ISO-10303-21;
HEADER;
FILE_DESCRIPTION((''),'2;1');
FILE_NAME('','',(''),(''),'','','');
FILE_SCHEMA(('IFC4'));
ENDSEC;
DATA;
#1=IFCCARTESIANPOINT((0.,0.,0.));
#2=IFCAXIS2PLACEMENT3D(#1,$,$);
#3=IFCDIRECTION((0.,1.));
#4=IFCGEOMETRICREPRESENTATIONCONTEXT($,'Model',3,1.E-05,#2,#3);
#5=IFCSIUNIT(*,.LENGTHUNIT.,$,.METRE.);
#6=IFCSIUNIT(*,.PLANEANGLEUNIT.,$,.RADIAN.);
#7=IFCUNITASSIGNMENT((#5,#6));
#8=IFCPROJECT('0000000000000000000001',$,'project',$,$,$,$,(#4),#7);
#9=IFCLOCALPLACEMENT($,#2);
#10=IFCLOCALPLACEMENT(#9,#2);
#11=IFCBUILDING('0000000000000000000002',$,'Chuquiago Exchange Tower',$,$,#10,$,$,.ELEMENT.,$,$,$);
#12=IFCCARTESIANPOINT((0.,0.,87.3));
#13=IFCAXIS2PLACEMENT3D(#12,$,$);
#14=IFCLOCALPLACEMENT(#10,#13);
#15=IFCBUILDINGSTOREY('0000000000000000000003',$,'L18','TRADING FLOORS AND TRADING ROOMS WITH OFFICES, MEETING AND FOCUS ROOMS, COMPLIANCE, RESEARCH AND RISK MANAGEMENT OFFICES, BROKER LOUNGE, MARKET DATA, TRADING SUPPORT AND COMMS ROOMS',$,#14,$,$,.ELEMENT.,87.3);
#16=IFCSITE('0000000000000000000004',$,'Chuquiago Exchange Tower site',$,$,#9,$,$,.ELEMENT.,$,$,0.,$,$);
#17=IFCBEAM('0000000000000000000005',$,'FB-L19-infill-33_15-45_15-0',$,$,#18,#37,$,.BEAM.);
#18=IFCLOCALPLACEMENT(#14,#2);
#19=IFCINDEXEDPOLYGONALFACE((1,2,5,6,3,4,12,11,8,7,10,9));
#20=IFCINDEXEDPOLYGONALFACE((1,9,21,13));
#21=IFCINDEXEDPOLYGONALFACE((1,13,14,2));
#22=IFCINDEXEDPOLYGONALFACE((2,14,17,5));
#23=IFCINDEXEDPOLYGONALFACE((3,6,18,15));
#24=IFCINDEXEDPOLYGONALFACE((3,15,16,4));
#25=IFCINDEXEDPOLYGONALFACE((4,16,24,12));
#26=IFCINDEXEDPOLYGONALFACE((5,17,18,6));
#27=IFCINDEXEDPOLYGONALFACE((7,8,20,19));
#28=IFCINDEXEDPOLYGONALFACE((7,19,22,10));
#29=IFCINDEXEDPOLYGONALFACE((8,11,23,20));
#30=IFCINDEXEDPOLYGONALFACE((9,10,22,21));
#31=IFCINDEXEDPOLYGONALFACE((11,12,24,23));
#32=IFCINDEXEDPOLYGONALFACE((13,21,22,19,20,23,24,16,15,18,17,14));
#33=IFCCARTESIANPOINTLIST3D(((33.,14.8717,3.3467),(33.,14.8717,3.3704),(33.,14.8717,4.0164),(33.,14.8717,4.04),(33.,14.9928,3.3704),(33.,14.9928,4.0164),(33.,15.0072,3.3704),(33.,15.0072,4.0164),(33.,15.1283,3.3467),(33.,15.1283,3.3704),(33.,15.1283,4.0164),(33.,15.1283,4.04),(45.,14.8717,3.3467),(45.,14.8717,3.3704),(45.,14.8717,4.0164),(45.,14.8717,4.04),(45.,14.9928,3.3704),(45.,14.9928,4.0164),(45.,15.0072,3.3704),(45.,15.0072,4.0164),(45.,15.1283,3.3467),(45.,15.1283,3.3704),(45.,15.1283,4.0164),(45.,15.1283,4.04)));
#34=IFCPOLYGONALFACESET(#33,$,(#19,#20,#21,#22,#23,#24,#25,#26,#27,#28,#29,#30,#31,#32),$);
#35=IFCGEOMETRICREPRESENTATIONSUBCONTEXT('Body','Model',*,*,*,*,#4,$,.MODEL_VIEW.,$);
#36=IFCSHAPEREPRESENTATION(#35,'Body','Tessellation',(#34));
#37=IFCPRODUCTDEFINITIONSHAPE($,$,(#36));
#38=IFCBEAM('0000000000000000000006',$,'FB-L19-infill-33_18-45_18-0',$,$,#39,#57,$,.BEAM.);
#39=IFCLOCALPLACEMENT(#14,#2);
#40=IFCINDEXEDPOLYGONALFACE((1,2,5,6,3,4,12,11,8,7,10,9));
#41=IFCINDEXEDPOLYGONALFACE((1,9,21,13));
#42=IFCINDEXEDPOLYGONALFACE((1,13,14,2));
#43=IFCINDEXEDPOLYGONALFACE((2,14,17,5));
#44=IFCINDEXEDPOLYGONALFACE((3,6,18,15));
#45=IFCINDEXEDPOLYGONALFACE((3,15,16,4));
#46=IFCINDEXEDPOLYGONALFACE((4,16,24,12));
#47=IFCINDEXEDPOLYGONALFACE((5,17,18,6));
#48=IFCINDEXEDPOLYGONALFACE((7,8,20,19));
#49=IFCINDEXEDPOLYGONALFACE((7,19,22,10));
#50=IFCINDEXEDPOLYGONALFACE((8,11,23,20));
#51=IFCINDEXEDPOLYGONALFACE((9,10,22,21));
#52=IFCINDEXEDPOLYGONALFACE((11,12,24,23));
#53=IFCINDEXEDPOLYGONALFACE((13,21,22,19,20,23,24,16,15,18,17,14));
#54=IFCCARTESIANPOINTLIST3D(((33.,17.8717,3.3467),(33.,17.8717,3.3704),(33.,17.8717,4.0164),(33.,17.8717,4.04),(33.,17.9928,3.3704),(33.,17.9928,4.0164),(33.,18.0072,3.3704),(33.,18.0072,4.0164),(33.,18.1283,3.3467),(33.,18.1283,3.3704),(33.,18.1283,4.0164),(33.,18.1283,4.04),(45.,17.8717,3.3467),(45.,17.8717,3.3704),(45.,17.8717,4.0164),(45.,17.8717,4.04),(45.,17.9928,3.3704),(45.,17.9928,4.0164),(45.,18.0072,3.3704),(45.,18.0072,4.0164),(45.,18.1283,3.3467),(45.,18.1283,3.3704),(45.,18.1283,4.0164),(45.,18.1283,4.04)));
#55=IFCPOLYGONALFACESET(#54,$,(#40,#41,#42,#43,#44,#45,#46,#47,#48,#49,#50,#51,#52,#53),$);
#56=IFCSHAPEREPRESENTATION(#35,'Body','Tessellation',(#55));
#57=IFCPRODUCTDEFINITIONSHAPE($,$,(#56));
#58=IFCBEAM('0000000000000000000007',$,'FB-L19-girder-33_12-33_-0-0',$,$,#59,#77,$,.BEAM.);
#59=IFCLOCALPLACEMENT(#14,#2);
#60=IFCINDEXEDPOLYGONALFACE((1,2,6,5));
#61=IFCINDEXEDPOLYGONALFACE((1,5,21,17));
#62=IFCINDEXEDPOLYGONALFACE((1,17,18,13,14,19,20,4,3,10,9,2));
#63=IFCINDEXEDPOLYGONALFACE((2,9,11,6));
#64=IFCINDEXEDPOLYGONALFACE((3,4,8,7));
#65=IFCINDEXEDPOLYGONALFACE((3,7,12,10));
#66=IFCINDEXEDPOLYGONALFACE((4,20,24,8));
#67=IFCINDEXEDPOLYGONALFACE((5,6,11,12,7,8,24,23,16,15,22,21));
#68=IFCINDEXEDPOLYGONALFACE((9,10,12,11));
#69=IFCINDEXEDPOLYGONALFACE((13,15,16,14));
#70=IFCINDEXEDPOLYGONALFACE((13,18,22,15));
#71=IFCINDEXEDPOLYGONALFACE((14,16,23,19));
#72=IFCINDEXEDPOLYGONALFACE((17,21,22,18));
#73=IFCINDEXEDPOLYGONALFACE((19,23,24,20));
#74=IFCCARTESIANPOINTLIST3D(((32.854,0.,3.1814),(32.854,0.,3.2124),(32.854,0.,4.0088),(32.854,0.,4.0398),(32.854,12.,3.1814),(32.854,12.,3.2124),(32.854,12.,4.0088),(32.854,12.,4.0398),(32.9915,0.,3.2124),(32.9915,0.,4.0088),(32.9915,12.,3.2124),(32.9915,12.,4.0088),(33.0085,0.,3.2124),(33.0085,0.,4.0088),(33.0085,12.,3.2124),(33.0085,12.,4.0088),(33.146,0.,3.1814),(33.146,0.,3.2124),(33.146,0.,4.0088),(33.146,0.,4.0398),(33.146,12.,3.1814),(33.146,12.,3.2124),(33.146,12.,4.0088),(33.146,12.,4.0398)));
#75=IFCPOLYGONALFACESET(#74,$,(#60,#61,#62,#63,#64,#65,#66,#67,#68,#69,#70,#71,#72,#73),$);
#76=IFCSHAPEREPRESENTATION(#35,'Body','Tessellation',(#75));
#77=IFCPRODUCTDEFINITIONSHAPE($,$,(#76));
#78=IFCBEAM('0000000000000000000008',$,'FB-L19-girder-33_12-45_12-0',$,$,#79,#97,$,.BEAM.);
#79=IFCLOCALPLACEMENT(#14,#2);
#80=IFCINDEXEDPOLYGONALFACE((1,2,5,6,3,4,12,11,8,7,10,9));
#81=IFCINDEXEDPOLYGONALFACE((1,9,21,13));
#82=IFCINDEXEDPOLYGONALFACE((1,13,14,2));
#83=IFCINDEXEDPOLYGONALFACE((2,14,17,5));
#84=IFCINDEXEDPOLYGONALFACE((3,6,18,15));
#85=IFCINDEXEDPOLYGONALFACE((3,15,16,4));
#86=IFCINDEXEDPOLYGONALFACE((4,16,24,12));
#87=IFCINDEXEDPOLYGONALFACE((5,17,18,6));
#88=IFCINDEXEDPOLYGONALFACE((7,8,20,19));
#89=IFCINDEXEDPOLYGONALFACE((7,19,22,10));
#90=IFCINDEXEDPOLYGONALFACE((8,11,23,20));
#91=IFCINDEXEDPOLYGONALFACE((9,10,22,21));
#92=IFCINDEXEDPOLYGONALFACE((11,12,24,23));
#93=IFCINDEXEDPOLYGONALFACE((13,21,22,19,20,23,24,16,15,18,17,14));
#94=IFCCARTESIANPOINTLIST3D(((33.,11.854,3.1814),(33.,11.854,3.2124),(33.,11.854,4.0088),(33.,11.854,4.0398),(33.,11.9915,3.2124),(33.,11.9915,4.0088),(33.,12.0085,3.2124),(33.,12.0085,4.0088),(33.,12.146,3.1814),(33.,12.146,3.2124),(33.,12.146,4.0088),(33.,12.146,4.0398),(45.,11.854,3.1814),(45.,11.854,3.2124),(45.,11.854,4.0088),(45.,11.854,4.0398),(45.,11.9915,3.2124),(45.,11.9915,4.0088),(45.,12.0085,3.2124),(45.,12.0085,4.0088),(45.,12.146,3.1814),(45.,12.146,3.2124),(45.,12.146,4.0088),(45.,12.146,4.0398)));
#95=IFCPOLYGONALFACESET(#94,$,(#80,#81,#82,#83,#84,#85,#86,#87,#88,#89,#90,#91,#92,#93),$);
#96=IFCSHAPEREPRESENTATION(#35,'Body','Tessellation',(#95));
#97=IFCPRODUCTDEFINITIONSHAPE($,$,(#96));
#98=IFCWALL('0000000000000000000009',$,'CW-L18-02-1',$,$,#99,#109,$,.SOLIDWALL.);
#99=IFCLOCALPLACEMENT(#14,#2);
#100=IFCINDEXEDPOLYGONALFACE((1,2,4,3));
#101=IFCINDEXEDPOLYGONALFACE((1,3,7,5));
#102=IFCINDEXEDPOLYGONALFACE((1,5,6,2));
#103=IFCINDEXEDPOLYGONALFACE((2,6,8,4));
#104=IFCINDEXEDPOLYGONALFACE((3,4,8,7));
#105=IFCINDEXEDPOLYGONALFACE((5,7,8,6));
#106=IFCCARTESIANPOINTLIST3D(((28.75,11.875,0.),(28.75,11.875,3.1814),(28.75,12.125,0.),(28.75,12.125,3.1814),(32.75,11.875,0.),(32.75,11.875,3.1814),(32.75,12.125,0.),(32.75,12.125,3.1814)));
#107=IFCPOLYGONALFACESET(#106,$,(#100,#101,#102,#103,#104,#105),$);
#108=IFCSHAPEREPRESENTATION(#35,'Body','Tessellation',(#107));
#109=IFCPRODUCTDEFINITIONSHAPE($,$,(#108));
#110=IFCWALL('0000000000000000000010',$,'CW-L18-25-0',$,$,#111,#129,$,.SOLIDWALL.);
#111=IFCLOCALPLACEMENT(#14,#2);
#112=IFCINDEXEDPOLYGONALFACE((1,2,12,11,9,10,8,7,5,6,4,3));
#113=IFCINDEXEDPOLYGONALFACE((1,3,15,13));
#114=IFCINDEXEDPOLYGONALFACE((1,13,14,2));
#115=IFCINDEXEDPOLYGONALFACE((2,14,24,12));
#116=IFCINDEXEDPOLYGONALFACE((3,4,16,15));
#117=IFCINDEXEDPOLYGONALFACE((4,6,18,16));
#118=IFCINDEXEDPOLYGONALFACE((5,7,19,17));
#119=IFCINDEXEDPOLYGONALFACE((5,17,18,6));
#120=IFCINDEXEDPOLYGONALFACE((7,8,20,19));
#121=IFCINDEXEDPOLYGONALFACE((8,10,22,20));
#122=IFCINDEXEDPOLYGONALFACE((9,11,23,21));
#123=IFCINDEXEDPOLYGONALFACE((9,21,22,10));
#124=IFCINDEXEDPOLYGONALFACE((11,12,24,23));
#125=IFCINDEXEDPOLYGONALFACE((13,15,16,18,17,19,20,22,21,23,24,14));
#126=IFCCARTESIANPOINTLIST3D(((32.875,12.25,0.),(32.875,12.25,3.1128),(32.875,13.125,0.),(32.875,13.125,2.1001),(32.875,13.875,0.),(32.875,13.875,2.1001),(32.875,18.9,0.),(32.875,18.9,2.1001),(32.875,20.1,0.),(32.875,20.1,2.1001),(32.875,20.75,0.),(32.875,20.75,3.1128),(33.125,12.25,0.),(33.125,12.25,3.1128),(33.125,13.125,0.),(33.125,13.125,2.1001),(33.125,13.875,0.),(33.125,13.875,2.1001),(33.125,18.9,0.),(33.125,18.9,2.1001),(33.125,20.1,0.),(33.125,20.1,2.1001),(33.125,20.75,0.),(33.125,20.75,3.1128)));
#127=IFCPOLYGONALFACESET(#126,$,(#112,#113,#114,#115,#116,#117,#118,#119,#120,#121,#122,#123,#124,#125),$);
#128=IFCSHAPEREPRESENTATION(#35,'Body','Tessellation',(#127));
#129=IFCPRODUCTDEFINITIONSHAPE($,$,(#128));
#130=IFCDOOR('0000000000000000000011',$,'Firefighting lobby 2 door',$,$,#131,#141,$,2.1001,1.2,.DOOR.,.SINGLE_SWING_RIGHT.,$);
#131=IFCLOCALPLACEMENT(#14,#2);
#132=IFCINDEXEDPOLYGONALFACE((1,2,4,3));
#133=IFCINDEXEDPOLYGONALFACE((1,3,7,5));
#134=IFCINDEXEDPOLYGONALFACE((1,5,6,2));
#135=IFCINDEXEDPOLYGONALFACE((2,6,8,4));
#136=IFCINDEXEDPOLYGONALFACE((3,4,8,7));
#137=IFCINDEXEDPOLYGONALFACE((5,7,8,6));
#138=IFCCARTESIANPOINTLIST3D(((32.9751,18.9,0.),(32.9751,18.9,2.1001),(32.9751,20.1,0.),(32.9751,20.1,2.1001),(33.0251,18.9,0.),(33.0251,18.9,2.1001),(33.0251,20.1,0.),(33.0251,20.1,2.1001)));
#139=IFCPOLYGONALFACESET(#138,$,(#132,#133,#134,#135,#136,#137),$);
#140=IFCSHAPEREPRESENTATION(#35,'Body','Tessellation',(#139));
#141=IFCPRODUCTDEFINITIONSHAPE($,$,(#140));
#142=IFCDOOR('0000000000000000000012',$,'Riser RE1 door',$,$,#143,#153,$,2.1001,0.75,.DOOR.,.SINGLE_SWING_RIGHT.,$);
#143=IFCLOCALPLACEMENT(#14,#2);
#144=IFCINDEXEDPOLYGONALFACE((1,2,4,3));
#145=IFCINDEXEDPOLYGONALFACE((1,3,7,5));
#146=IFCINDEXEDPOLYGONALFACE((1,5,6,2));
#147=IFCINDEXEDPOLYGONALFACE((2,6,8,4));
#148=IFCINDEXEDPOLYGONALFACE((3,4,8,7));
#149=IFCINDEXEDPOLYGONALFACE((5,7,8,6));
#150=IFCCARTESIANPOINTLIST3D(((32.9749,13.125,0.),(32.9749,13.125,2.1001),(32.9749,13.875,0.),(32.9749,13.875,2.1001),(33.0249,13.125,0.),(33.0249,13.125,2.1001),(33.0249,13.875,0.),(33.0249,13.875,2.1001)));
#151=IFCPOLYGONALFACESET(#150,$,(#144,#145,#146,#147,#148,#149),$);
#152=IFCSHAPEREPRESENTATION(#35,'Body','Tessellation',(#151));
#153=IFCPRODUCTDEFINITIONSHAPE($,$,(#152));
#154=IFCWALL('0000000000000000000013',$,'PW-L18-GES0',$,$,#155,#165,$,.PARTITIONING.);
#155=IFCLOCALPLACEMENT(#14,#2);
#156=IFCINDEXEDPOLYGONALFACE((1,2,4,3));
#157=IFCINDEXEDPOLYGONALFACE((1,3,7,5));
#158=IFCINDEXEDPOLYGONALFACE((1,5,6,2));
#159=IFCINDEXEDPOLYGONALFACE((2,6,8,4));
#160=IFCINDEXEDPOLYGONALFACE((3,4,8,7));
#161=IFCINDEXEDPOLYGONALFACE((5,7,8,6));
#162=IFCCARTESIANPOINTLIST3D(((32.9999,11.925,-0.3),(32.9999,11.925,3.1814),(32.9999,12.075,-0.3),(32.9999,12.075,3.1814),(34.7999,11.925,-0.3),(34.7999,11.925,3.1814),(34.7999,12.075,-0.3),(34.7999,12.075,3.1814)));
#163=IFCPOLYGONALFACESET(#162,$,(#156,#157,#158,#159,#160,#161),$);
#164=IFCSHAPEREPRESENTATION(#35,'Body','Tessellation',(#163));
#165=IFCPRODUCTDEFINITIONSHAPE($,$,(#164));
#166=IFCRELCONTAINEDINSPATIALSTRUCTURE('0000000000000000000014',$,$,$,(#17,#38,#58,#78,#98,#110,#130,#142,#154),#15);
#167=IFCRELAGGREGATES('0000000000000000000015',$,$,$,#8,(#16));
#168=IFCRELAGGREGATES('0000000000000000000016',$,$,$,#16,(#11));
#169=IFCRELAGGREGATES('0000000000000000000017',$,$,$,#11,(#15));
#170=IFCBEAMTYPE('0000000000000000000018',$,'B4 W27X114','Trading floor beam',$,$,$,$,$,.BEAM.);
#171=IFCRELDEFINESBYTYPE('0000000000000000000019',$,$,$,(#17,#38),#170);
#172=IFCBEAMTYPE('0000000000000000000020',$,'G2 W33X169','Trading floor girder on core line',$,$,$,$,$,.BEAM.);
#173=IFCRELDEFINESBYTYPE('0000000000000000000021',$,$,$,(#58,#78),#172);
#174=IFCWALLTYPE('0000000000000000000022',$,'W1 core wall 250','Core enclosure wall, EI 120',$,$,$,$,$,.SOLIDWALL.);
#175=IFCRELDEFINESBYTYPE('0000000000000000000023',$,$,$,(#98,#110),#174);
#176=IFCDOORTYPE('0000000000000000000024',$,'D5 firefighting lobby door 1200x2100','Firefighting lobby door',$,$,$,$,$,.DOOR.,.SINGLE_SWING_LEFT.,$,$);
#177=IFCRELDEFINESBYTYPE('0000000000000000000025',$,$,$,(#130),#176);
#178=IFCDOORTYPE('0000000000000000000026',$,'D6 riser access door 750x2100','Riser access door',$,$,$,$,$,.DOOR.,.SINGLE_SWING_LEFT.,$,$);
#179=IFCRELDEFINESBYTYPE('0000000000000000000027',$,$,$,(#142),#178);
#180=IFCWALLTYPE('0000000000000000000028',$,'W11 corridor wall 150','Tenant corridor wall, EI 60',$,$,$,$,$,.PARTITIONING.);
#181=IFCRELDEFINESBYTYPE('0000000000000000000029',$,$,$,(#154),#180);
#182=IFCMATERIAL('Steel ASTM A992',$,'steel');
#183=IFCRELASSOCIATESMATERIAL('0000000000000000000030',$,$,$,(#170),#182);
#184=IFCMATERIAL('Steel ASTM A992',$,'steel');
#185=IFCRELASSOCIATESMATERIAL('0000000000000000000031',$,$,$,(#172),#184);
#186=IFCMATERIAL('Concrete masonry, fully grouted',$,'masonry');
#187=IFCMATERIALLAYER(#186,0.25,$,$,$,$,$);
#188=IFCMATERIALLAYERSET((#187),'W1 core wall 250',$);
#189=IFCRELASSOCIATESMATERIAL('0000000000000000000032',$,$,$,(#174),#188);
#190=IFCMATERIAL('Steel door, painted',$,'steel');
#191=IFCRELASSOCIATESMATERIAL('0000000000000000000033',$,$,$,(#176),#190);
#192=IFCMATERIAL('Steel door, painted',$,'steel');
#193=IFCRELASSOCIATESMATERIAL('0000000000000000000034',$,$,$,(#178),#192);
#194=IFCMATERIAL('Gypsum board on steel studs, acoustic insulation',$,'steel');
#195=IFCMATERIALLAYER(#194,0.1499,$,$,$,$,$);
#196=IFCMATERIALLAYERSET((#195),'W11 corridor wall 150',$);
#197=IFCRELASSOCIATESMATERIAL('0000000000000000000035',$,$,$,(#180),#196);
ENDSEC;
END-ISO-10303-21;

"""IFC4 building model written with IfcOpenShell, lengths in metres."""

from ifc_helpers import new_model, si_unit, direction, frame, frame_2d, origin, origin_2d, place, context, subcontext, project, spatial, rectangle, i_section, extrude, material, layer, layer_set, material_profile, profile_set, type_object, element, fill, save


model = new_model("IFC4")

# Units and contexts
model_context = context("Model", 3, precision=1e-05, world=origin(), true_north=direction((0.0, 1.0)))
body_context = subcontext(model_context, "Body", "Model", "MODEL_VIEW")
ifc_project = project(units=[si_unit("LENGTHUNIT", "METRE"), si_unit("PLANEANGLEUNIT", "RADIAN")], contexts=[model_context])

# Site, building, storey
site_placement = place(None, origin())
site = spatial("IfcSite", under=ifc_project, at=site_placement, Name="Chuquiago Exchange Tower site", CompositionType="ELEMENT", RefElevation=0.0)
building_placement = place(site_placement, origin())
building = spatial("IfcBuilding", under=site, at=building_placement, Name="Chuquiago Exchange Tower", CompositionType="ELEMENT")
storey_placement = place(building_placement, frame((0.0, 0.0, 87.3)))
storey = spatial("IfcBuildingStorey", under=building, at=storey_placement, Name="L18", Description="TRADING FLOORS AND TRADING ROOMS WITH OFFICES, MEETING AND FOCUS ROOMS, COMPLIANCE, RESEARCH AND RISK MANAGEMENT OFFICES, BROKER LOUNGE, MARKET DATA, TRADING SUPPORT AND COMMS ROOMS", CompositionType="ELEMENT", Elevation=87.3)

# Beams
ifc_material_1 = material(Name="Steel ASTM A992", Category="steel")
ifc_material_profile_1 = material_profile(ifc_material_1, i_section(OverallWidth=0.2566, OverallDepth=0.6934, WebThickness=0.0144, FlangeThickness=0.0237, at=origin_2d()), Name="W27X114")
ifc_profile_set_1 = profile_set([ifc_material_profile_1], Name="Steel ASTM A992")
beam_type_1 = type_object("IfcBeamType", Name="B4 W27X114", Description="Trading floor beam", PredefinedType="BEAM", material=ifc_profile_set_1)
for number, where, z_axis, x_axis, name in (
    (1, (33.0, 15.0, 3.6934), (1.0, 0.0, 0.0), (0.0, 1.0, 0.0), "FB-L19-infill-33_15-45_15-0"),
    (2, (33.0, 18.0, 3.6934), (1.0, 0.0, 0.0), (0.0, 1.0, 0.0), "FB-L19-infill-33_18-45_18-0"),
):
    element("IfcBeam", number, at=place(storey_placement, frame(where, z_axis=z_axis, x_axis=x_axis)), inside=storey, type_object=beam_type_1, Name=name, PredefinedType="BEAM", context=body_context, shape_type="SweptSolid", body=[
        extrude(i_section(OverallWidth=0.2566, OverallDepth=0.6934, WebThickness=0.0144, FlangeThickness=0.0237, at=origin_2d()), origin(), (0.0, 0.0, 1.0), 12.0),
    ])
ifc_material_2 = material(Name="Steel ASTM A992", Category="steel")
ifc_material_profile_2 = material_profile(ifc_material_2, i_section(OverallWidth=0.292, OverallDepth=0.8584, WebThickness=0.0171, FlangeThickness=0.031, at=origin_2d()), Name="W33X169")
ifc_profile_set_2 = profile_set([ifc_material_profile_2], Name="Steel ASTM A992")
beam_type_2 = type_object("IfcBeamType", Name="G2 W33X169", Description="Trading floor girder on core line", PredefinedType="BEAM", material=ifc_profile_set_2)
for number, where, z_axis, x_axis, name in (
    (3, (33.0, 12.0, 3.6106), (0.0, -1.0, 0.0), (1.0, 0.0, 0.0), "FB-L19-girder-33_12-33_-0-0"),
    (4, (33.0, 12.0, 3.6106), (1.0, 0.0, 0.0), (0.0, 1.0, 0.0), "FB-L19-girder-33_12-45_12-0"),
):
    element("IfcBeam", number, at=place(storey_placement, frame(where, z_axis=z_axis, x_axis=x_axis)), inside=storey, type_object=beam_type_2, Name=name, PredefinedType="BEAM", context=body_context, shape_type="SweptSolid", body=[
        extrude(i_section(OverallWidth=0.292, OverallDepth=0.8584, WebThickness=0.0171, FlangeThickness=0.031, at=origin_2d()), origin(), (0.0, 0.0, 1.0), 12.0),
    ])

# Wall
ifc_material_3 = material(Name="Concrete masonry, fully grouted", Category="masonry")
ifc_layer_1 = layer(ifc_material_3, 0.25)
ifc_layer_set_1 = layer_set([ifc_layer_1], Name="W1 core wall 250")
wall_type_1 = type_object("IfcWallType", Name="W1 core wall 250", Description="Core enclosure wall, EI 120", PredefinedType="SOLIDWALL", material=ifc_layer_set_1)
wall_1_placement = place(storey_placement, frame((28.75, 12.0, 0.0), z_axis=(0.0, 0.0, 1.0), x_axis=(1.0, 0.0, 0.0)))
element("IfcWall", 5, at=wall_1_placement, inside=storey, type_object=wall_type_1, Name="CW-L18-02-1", PredefinedType="SOLIDWALL", context=body_context, shape_type="SweptSolid", body=[
    extrude(rectangle(XDim=4.0, YDim=0.25, at=frame_2d((2.0, 0.0))), origin(), (0.0, 0.0, 1.0), 3.1814),
])

# Wall, openings, doors
wall_2_placement = place(storey_placement, frame((33.0, 12.25, 0.0), z_axis=(0.0, 0.0, 1.0), x_axis=(0.0, 1.0, 0.0)))
wall_2 = element("IfcWall", 6, at=wall_2_placement, inside=storey, type_object=wall_type_1, Name="CW-L18-25-0", PredefinedType="SOLIDWALL", context=body_context, shape_type="SweptSolid", body=[
    extrude(rectangle(XDim=8.5, YDim=0.25, at=frame_2d((4.25, 0.0))), origin(), (0.0, 0.0, 1.0), 3.1128),
])
opening_1_placement = place(wall_2_placement, frame((6.6499, 0.0, 0.0)))
opening_1 = element("IfcOpeningElement", 7, at=opening_1_placement, cuts=wall_2, PredefinedType="OPENING", context=body_context, shape_type="SweptSolid", body=[
    extrude(rectangle(XDim=1.2, YDim=2.1001, at=frame_2d((0.6001, 1.05))), frame((0.0, 0.135, 0.0), z_axis=(0.0, -1.0, 0.0), x_axis=(1.0, 0.0, 0.0)), (0.0, 0.0, 1.0), 0.27),
])
opening_2_placement = place(wall_2_placement, frame((0.875, 0.0, 0.0)))
opening_2 = element("IfcOpeningElement", 8, at=opening_2_placement, cuts=wall_2, PredefinedType="OPENING", context=body_context, shape_type="SweptSolid", body=[
    extrude(rectangle(XDim=0.75, YDim=2.1001, at=frame_2d((0.375, 1.05))), frame((0.0, 0.135, 0.0), z_axis=(0.0, -1.0, 0.0), x_axis=(1.0, 0.0, 0.0)), (0.0, 0.0, 1.0), 0.27),
])
ifc_material_4 = material(Name="Steel door, painted", Category="steel")
door_type_1 = type_object("IfcDoorType", Name="D5 firefighting lobby door 1200x2100", Description="Firefighting lobby door", OperationType="SINGLE_SWING_LEFT", PredefinedType="DOOR", material=ifc_material_4)
door_1_placement = place(opening_1_placement, origin())
door_1 = element("IfcDoor", 9, at=door_1_placement, inside=storey, type_object=door_type_1, Name="Firefighting lobby 2 door", OperationType="SINGLE_SWING_RIGHT", OverallHeight=2.1001, OverallWidth=1.2, PredefinedType="DOOR", context=body_context, shape_type="SweptSolid", body=[
    extrude(rectangle(XDim=1.2, YDim=2.1001, at=frame_2d((0.6001, 1.05))), frame((0.0, 0.0249, 0.0), z_axis=(0.0, -1.0, 0.0), x_axis=(1.0, 0.0, 0.0)), (0.0, 0.0, 1.0), 0.05),
])
fill(opening_1, door_1)
ifc_material_5 = material(Name="Steel door, painted", Category="steel")
door_type_2 = type_object("IfcDoorType", Name="D6 riser access door 750x2100", Description="Riser access door", OperationType="SINGLE_SWING_LEFT", PredefinedType="DOOR", material=ifc_material_5)
door_2_placement = place(opening_2_placement, frame((0.75, 0.0, 0.0), z_axis=(0.0, 0.0, 1.0), x_axis=(-1.0, 0.0, 0.0)))
door_2 = element("IfcDoor", 10, at=door_2_placement, inside=storey, type_object=door_type_2, Name="Riser RE1 door", OperationType="SINGLE_SWING_RIGHT", OverallHeight=2.1001, OverallWidth=0.75, PredefinedType="DOOR", context=body_context, shape_type="SweptSolid", body=[
    extrude(rectangle(XDim=0.75, YDim=2.1001, at=frame_2d((0.375, 1.05))), frame((0.0, 0.0249, 0.0), z_axis=(0.0, -1.0, 0.0), x_axis=(1.0, 0.0, 0.0)), (0.0, 0.0, 1.0), 0.05),
])
fill(opening_2, door_2)

# Wall
ifc_material_6 = material(Name="Gypsum board on steel studs, acoustic insulation", Category="steel")
ifc_layer_2 = layer(ifc_material_6, 0.1499)
ifc_layer_set_2 = layer_set([ifc_layer_2], Name="W11 corridor wall 150")
wall_type_2 = type_object("IfcWallType", Name="W11 corridor wall 150", Description="Tenant corridor wall, EI 60", PredefinedType="PARTITIONING", material=ifc_layer_set_2)
wall_3_placement = place(storey_placement, frame((33.0, 12.0, -0.3), z_axis=(0.0, 0.0, 1.0), x_axis=(1.0, 0.0, 0.0)))
element("IfcWall", 11, at=wall_3_placement, inside=storey, type_object=wall_type_2, Name="PW-L18-GES0", PredefinedType="PARTITIONING", context=body_context, shape_type="SweptSolid", body=[
    extrude(rectangle(XDim=1.8, YDim=0.1499, at=frame_2d((0.8999, 0.0))), origin(), (0.0, 0.0, 1.0), 3.4814),
])

save(model, "model.ifc")
